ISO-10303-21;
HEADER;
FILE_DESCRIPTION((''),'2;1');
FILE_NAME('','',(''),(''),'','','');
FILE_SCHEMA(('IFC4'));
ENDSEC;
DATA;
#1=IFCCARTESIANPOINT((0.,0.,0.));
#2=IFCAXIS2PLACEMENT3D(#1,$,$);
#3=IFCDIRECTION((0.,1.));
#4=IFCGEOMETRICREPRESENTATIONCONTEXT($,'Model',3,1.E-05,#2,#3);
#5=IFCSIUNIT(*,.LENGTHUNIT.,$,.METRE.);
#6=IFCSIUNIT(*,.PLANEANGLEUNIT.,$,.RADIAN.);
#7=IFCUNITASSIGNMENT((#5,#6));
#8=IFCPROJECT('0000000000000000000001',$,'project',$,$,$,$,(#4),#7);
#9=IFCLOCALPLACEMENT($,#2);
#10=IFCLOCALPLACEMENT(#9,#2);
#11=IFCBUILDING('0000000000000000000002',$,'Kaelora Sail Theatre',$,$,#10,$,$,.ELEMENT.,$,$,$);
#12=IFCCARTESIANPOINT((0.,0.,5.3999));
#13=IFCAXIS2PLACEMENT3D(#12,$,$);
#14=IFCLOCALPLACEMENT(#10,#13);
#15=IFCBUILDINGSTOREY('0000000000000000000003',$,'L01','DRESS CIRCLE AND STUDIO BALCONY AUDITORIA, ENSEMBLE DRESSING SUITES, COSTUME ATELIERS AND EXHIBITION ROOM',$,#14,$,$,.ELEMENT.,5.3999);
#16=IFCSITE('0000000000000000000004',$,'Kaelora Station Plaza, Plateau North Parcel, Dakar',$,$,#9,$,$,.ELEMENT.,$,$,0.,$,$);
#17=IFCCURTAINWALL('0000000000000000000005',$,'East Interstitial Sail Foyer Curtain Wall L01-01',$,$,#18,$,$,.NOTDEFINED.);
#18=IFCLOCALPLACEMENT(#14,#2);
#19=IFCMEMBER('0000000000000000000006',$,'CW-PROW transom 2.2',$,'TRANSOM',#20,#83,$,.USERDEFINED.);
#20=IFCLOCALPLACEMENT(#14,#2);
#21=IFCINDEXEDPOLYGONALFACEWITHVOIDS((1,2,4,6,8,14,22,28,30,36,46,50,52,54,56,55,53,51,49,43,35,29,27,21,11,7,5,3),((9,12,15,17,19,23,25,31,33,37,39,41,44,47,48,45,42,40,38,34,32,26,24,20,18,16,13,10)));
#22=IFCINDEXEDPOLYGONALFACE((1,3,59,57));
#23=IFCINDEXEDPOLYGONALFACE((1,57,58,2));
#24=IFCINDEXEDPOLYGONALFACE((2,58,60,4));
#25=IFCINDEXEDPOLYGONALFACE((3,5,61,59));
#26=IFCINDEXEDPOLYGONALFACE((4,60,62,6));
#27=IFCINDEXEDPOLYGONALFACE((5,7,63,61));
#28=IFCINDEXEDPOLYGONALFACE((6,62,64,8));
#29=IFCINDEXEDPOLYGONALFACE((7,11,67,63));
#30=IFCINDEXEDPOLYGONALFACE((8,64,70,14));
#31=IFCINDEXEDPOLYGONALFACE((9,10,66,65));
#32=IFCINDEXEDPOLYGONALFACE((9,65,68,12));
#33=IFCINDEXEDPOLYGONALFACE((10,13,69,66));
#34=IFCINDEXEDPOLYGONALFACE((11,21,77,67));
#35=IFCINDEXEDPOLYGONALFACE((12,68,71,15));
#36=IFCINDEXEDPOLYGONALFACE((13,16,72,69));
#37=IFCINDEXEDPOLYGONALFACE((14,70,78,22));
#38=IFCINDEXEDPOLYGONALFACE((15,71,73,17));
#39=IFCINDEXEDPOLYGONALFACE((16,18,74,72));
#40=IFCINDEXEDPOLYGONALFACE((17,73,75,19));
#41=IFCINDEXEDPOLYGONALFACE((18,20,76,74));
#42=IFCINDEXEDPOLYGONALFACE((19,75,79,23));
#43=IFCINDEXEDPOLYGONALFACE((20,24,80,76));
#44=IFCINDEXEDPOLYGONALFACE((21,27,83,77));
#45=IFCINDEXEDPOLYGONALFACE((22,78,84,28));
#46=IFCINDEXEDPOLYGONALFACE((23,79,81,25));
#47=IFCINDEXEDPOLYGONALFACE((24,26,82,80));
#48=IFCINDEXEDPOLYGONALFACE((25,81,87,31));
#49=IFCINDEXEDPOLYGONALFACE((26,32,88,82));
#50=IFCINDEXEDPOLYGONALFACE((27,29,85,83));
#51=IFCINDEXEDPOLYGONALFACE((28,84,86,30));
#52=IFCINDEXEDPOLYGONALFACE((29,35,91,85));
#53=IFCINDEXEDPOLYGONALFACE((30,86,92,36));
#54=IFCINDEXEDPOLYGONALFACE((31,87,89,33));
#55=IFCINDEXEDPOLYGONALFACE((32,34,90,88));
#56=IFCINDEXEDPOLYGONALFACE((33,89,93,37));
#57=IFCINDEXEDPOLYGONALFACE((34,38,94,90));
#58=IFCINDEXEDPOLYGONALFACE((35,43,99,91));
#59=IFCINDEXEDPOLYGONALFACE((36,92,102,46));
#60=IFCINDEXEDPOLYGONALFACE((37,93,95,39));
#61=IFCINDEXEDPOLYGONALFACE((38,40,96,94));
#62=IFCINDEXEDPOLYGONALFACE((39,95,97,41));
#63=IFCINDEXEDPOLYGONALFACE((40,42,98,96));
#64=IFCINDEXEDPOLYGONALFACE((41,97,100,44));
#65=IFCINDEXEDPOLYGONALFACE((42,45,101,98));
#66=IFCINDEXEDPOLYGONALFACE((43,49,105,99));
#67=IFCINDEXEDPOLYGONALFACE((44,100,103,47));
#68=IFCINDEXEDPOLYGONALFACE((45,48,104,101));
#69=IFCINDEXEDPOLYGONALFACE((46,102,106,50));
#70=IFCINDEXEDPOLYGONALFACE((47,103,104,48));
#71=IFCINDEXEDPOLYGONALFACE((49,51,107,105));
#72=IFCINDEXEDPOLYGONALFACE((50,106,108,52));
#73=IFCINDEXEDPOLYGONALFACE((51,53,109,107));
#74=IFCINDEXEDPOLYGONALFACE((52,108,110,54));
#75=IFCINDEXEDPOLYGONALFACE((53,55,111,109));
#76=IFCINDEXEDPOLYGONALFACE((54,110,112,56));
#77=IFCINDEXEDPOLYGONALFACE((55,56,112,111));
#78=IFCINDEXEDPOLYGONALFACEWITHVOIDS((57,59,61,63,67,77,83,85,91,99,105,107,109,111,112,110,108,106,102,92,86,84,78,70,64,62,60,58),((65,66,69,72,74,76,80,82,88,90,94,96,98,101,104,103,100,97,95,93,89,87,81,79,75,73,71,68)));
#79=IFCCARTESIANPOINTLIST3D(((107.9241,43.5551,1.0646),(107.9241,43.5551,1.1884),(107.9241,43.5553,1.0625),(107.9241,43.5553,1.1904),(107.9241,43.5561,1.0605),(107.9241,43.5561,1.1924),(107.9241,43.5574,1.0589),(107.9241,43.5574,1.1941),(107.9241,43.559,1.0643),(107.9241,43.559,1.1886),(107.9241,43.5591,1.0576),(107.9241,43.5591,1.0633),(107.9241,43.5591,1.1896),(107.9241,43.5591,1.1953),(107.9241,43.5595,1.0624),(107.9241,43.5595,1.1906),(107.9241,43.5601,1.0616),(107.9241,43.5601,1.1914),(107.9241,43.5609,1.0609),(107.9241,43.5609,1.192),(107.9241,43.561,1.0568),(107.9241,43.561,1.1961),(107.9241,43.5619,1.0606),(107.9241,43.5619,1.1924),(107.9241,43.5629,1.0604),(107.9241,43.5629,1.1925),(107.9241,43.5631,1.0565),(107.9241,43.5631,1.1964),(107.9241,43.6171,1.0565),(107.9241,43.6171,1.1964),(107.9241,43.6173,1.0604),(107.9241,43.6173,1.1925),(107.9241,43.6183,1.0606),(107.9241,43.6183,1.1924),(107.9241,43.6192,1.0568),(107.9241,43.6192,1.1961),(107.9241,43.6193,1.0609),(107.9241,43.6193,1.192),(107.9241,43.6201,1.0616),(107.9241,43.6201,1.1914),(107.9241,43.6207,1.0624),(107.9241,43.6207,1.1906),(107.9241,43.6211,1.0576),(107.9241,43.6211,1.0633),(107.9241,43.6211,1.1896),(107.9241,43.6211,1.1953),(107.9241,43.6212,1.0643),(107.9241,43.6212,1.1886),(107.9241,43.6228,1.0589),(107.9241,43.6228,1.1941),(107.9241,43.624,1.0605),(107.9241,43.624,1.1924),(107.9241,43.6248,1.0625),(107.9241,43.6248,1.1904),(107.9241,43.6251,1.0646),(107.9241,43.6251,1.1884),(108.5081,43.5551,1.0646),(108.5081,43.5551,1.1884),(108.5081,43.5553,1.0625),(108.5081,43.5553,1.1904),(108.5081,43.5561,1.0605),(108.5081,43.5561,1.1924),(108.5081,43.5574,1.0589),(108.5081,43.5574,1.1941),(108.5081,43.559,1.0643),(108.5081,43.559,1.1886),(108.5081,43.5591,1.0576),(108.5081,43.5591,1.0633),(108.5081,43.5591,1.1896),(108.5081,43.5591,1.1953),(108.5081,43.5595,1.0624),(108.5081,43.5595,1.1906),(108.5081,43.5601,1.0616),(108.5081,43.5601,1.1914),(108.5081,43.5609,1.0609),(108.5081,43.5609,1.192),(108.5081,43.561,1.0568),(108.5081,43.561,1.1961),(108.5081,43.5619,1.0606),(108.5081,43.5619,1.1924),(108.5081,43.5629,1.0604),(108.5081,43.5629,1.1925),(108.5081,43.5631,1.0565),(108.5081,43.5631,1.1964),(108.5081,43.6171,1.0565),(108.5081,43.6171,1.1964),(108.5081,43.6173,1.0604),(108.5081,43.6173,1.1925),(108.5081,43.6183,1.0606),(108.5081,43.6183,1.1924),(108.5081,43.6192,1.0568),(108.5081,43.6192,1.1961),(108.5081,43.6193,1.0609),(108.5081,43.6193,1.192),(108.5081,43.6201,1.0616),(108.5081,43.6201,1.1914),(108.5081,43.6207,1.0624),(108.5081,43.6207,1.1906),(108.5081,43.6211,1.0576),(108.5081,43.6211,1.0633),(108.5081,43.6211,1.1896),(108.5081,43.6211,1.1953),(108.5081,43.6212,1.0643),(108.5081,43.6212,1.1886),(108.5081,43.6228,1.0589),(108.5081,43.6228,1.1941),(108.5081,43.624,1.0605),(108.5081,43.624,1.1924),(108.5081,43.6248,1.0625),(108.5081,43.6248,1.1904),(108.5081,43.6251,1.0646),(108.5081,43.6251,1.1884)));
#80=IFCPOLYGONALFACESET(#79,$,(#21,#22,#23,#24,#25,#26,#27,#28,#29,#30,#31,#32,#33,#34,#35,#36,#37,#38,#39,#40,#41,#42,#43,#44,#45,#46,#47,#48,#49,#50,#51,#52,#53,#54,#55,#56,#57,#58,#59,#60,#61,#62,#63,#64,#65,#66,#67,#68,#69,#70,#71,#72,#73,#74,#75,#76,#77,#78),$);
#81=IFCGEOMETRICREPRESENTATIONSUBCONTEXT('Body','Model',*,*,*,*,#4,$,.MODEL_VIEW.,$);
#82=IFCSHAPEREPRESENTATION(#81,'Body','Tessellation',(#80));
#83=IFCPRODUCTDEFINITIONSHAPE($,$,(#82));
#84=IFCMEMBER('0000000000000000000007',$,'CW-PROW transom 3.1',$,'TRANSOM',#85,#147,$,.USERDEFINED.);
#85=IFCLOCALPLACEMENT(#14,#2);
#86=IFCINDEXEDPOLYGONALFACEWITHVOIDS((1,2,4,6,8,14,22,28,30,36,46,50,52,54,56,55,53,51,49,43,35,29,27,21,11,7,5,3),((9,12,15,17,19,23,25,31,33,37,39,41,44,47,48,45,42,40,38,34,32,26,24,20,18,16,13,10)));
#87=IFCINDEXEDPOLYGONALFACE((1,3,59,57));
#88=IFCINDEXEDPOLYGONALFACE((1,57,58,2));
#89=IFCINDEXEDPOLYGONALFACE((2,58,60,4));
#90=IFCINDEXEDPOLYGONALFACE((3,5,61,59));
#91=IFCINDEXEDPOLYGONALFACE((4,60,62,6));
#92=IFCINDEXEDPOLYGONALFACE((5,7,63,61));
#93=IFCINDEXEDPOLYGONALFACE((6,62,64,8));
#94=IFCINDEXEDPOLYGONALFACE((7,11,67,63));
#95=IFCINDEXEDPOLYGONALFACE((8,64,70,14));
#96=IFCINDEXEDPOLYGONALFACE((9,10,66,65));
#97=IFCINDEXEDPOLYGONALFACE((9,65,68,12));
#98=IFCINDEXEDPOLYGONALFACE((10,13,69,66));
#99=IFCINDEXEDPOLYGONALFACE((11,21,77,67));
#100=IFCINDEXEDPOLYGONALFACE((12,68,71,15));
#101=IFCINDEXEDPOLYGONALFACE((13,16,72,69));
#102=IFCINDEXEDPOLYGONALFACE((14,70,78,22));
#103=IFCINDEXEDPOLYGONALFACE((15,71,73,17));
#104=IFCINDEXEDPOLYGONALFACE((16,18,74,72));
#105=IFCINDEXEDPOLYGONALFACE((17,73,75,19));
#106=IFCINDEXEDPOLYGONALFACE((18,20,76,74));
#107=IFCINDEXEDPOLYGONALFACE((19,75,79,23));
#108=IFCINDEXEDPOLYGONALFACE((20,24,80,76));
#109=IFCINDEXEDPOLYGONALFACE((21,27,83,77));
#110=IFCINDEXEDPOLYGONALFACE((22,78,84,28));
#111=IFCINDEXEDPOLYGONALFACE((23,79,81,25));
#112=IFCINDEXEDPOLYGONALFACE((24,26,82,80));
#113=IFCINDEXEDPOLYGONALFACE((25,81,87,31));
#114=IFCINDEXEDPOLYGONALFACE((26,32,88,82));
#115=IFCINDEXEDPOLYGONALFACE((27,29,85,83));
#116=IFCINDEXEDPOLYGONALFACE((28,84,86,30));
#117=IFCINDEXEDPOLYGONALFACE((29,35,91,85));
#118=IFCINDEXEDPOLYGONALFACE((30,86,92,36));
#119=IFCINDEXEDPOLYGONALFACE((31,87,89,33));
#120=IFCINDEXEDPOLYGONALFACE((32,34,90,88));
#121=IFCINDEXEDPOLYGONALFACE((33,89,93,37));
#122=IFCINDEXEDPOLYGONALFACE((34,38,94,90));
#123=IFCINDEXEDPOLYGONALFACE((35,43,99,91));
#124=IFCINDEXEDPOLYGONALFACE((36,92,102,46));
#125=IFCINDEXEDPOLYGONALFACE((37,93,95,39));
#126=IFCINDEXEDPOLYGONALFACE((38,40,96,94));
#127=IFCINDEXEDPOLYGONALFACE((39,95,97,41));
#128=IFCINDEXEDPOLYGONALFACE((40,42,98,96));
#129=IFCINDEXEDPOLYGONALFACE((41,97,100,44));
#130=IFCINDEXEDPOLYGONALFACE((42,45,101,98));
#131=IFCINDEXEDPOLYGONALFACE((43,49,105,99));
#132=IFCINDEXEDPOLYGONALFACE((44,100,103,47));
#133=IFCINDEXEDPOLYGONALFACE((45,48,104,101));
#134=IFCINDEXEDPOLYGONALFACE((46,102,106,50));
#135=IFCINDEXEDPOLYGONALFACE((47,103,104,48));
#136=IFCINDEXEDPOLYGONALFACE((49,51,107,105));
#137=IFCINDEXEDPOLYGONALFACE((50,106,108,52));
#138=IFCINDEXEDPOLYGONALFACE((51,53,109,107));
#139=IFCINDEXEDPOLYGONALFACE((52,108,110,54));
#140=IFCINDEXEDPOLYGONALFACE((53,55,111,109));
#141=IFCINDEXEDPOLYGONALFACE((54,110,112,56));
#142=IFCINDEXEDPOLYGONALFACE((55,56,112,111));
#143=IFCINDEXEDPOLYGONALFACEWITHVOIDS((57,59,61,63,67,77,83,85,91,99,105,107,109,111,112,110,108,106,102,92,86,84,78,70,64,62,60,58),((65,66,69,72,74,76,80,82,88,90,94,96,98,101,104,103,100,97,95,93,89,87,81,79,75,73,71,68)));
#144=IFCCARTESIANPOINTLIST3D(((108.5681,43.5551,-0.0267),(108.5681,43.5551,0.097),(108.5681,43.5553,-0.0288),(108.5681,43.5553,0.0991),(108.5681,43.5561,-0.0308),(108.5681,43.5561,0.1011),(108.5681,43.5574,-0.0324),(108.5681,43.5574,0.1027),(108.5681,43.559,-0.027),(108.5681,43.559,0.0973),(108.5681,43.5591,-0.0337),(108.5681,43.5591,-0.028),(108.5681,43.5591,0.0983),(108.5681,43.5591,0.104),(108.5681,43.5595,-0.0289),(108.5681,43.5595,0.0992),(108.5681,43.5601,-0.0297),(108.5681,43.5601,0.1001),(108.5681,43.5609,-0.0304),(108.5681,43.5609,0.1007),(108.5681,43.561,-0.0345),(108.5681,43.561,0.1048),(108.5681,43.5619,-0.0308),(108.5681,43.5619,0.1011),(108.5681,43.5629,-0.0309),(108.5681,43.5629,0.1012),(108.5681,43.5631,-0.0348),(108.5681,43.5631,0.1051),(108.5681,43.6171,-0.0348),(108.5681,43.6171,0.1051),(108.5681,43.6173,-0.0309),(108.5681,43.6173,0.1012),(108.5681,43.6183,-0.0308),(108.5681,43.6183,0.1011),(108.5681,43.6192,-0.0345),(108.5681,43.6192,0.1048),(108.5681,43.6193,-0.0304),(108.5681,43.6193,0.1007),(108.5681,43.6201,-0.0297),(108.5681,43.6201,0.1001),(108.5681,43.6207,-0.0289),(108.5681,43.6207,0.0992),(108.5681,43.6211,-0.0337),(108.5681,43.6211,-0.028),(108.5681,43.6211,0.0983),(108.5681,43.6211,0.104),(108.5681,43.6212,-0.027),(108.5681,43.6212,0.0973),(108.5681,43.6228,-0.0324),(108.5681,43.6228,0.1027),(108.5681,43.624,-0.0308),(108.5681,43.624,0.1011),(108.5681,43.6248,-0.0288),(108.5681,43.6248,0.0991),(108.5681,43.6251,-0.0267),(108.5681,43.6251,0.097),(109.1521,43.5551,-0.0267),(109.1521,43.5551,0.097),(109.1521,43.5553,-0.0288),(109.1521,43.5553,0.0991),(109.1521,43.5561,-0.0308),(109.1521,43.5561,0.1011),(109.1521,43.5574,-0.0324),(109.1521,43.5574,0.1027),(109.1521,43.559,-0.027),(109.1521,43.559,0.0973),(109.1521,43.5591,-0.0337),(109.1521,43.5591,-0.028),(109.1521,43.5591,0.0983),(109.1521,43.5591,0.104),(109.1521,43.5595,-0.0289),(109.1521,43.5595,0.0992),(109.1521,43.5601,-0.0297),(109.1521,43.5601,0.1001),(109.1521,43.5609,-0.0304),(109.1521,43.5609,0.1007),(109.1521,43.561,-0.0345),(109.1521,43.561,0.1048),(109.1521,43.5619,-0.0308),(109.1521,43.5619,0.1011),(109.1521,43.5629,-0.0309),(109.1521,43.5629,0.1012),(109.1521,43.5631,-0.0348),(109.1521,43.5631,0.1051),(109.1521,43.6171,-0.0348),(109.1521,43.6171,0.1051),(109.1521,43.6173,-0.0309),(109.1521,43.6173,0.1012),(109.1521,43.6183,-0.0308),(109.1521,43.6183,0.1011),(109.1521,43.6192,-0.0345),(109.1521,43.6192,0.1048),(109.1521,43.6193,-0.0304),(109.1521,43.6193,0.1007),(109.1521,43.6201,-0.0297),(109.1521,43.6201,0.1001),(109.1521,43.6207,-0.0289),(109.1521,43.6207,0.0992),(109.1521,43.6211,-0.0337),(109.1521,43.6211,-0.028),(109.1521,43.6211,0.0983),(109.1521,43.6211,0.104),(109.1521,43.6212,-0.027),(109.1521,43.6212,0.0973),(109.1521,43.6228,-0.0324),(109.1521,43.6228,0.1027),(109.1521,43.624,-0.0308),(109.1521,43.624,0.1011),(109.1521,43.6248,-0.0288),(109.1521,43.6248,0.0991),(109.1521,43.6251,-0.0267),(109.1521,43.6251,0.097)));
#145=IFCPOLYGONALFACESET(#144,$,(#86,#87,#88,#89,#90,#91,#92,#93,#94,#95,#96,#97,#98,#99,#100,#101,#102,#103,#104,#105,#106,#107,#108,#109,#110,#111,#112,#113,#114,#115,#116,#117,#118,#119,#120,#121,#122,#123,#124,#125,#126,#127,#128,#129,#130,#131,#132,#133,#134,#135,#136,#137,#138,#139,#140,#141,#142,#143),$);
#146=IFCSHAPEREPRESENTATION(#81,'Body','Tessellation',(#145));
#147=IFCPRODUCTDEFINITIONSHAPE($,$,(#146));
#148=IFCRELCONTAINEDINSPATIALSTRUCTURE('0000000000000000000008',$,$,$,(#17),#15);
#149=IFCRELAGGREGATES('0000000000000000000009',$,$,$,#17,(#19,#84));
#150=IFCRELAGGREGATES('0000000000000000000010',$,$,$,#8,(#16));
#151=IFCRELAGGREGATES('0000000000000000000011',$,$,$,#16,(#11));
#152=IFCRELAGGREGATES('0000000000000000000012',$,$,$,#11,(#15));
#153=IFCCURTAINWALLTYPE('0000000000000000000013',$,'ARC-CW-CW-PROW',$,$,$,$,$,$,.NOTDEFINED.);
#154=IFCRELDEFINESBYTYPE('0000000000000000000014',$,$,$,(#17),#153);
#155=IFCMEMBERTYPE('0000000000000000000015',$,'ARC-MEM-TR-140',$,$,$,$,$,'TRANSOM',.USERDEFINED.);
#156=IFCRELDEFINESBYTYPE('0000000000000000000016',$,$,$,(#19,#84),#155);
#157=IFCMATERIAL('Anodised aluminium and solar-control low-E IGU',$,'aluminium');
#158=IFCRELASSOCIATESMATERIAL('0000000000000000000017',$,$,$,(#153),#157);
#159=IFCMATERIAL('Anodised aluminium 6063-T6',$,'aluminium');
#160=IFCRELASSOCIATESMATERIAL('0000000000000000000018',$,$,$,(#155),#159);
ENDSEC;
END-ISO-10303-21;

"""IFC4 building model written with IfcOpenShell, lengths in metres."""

from ifc_helpers import new_model, si_unit, direction, frame, origin, origin_2d, place, context, subcontext, project, spatial, hollow_rectangle, extrude, material, material_profile, profile_set, type_object, element, aggregate, save


model = new_model("IFC4")

# Units and contexts
model_context = context("Model", 3, precision=1e-05, world=origin(), true_north=direction((0.0, 1.0)))
body_context = subcontext(model_context, "Body", "Model", "MODEL_VIEW")
ifc_project = project(units=[si_unit("LENGTHUNIT", "METRE"), si_unit("PLANEANGLEUNIT", "RADIAN")], contexts=[model_context])

# Site, building, storey
site_placement = place(None, origin())
site = spatial("IfcSite", under=ifc_project, at=site_placement, Name="Kaelora Station Plaza, Plateau North Parcel, Dakar", CompositionType="ELEMENT", RefElevation=0.0)
building_placement = place(site_placement, origin())
building = spatial("IfcBuilding", under=site, at=building_placement, Name="Kaelora Sail Theatre", CompositionType="ELEMENT")
storey_placement = place(building_placement, frame((0.0, 0.0, 5.3999)))
storey = spatial("IfcBuildingStorey", under=building, at=storey_placement, Name="L01", Description="DRESS CIRCLE AND STUDIO BALCONY AUDITORIA, ENSEMBLE DRESSING SUITES, COSTUME ATELIERS AND EXHIBITION ROOM", CompositionType="ELEMENT", Elevation=5.3999)

# Curtain wall, members
ifc_material_1 = material(Name="Anodised aluminium and solar-control low-E IGU", Category="aluminium")
curtain_wall_type = type_object("IfcCurtainWallType", Name="ARC-CW-CW-PROW", PredefinedType="NOTDEFINED", material=ifc_material_1)
curtain_wall_placement = place(storey_placement, origin())
curtain_wall = element("IfcCurtainWall", 1, at=curtain_wall_placement, inside=storey, type_object=curtain_wall_type, Name="East Interstitial Sail Foyer Curtain Wall L01-01", PredefinedType="NOTDEFINED")
ifc_material_2 = material(Name="Anodised aluminium 6063-T6", Category="aluminium")
ifc_material_profile_1 = material_profile(ifc_material_2, hollow_rectangle(XDim=0.0701, YDim=0.1399, WallThickness=0.0039, InnerFilletRadius=0.0039, OuterFilletRadius=0.0081, at=origin_2d()), Name="ALU-TRAN 70x140x4")
ifc_profile_set_1 = profile_set([ifc_material_profile_1], Name="Anodised aluminium 6063-T6")
member_type_1 = type_object("IfcMemberType", Name="ARC-MEM-TR-140", ElementType="TRANSOM", PredefinedType="USERDEFINED", material=ifc_profile_set_1)
member_1_placement = place(storey_placement, frame((107.9241, 43.5901, 1.1265), z_axis=(1.0, 0.0, 0.0), x_axis=(0.0, 1.0, 0.0)))
member_1 = element("IfcMember", 2, at=member_1_placement, type_object=member_type_1, Name="CW-PROW transom 2.2", ObjectType="TRANSOM", PredefinedType="USERDEFINED", context=body_context, shape_type="SweptSolid", body=[
    extrude(hollow_rectangle(XDim=0.0701, YDim=0.1399, WallThickness=0.0039, InnerFilletRadius=0.0039, OuterFilletRadius=0.0081, at=origin_2d()), origin(), (0.0, 0.0, 1.0), 0.584),
])
member_2_placement = place(storey_placement, frame((108.5681, 43.5901, 0.0352), z_axis=(1.0, 0.0, 0.0), x_axis=(0.0, 1.0, 0.0)))
member_2 = element("IfcMember", 3, at=member_2_placement, type_object=member_type_1, Name="CW-PROW transom 3.1", ObjectType="TRANSOM", PredefinedType="USERDEFINED", context=body_context, shape_type="SweptSolid", body=[
    extrude(hollow_rectangle(XDim=0.0701, YDim=0.1399, WallThickness=0.0039, InnerFilletRadius=0.0039, OuterFilletRadius=0.0081, at=origin_2d()), origin(), (0.0, 0.0, 1.0), 0.584),
])

aggregate(curtain_wall, [member_1, member_2])

save(model, "model.ifc")
